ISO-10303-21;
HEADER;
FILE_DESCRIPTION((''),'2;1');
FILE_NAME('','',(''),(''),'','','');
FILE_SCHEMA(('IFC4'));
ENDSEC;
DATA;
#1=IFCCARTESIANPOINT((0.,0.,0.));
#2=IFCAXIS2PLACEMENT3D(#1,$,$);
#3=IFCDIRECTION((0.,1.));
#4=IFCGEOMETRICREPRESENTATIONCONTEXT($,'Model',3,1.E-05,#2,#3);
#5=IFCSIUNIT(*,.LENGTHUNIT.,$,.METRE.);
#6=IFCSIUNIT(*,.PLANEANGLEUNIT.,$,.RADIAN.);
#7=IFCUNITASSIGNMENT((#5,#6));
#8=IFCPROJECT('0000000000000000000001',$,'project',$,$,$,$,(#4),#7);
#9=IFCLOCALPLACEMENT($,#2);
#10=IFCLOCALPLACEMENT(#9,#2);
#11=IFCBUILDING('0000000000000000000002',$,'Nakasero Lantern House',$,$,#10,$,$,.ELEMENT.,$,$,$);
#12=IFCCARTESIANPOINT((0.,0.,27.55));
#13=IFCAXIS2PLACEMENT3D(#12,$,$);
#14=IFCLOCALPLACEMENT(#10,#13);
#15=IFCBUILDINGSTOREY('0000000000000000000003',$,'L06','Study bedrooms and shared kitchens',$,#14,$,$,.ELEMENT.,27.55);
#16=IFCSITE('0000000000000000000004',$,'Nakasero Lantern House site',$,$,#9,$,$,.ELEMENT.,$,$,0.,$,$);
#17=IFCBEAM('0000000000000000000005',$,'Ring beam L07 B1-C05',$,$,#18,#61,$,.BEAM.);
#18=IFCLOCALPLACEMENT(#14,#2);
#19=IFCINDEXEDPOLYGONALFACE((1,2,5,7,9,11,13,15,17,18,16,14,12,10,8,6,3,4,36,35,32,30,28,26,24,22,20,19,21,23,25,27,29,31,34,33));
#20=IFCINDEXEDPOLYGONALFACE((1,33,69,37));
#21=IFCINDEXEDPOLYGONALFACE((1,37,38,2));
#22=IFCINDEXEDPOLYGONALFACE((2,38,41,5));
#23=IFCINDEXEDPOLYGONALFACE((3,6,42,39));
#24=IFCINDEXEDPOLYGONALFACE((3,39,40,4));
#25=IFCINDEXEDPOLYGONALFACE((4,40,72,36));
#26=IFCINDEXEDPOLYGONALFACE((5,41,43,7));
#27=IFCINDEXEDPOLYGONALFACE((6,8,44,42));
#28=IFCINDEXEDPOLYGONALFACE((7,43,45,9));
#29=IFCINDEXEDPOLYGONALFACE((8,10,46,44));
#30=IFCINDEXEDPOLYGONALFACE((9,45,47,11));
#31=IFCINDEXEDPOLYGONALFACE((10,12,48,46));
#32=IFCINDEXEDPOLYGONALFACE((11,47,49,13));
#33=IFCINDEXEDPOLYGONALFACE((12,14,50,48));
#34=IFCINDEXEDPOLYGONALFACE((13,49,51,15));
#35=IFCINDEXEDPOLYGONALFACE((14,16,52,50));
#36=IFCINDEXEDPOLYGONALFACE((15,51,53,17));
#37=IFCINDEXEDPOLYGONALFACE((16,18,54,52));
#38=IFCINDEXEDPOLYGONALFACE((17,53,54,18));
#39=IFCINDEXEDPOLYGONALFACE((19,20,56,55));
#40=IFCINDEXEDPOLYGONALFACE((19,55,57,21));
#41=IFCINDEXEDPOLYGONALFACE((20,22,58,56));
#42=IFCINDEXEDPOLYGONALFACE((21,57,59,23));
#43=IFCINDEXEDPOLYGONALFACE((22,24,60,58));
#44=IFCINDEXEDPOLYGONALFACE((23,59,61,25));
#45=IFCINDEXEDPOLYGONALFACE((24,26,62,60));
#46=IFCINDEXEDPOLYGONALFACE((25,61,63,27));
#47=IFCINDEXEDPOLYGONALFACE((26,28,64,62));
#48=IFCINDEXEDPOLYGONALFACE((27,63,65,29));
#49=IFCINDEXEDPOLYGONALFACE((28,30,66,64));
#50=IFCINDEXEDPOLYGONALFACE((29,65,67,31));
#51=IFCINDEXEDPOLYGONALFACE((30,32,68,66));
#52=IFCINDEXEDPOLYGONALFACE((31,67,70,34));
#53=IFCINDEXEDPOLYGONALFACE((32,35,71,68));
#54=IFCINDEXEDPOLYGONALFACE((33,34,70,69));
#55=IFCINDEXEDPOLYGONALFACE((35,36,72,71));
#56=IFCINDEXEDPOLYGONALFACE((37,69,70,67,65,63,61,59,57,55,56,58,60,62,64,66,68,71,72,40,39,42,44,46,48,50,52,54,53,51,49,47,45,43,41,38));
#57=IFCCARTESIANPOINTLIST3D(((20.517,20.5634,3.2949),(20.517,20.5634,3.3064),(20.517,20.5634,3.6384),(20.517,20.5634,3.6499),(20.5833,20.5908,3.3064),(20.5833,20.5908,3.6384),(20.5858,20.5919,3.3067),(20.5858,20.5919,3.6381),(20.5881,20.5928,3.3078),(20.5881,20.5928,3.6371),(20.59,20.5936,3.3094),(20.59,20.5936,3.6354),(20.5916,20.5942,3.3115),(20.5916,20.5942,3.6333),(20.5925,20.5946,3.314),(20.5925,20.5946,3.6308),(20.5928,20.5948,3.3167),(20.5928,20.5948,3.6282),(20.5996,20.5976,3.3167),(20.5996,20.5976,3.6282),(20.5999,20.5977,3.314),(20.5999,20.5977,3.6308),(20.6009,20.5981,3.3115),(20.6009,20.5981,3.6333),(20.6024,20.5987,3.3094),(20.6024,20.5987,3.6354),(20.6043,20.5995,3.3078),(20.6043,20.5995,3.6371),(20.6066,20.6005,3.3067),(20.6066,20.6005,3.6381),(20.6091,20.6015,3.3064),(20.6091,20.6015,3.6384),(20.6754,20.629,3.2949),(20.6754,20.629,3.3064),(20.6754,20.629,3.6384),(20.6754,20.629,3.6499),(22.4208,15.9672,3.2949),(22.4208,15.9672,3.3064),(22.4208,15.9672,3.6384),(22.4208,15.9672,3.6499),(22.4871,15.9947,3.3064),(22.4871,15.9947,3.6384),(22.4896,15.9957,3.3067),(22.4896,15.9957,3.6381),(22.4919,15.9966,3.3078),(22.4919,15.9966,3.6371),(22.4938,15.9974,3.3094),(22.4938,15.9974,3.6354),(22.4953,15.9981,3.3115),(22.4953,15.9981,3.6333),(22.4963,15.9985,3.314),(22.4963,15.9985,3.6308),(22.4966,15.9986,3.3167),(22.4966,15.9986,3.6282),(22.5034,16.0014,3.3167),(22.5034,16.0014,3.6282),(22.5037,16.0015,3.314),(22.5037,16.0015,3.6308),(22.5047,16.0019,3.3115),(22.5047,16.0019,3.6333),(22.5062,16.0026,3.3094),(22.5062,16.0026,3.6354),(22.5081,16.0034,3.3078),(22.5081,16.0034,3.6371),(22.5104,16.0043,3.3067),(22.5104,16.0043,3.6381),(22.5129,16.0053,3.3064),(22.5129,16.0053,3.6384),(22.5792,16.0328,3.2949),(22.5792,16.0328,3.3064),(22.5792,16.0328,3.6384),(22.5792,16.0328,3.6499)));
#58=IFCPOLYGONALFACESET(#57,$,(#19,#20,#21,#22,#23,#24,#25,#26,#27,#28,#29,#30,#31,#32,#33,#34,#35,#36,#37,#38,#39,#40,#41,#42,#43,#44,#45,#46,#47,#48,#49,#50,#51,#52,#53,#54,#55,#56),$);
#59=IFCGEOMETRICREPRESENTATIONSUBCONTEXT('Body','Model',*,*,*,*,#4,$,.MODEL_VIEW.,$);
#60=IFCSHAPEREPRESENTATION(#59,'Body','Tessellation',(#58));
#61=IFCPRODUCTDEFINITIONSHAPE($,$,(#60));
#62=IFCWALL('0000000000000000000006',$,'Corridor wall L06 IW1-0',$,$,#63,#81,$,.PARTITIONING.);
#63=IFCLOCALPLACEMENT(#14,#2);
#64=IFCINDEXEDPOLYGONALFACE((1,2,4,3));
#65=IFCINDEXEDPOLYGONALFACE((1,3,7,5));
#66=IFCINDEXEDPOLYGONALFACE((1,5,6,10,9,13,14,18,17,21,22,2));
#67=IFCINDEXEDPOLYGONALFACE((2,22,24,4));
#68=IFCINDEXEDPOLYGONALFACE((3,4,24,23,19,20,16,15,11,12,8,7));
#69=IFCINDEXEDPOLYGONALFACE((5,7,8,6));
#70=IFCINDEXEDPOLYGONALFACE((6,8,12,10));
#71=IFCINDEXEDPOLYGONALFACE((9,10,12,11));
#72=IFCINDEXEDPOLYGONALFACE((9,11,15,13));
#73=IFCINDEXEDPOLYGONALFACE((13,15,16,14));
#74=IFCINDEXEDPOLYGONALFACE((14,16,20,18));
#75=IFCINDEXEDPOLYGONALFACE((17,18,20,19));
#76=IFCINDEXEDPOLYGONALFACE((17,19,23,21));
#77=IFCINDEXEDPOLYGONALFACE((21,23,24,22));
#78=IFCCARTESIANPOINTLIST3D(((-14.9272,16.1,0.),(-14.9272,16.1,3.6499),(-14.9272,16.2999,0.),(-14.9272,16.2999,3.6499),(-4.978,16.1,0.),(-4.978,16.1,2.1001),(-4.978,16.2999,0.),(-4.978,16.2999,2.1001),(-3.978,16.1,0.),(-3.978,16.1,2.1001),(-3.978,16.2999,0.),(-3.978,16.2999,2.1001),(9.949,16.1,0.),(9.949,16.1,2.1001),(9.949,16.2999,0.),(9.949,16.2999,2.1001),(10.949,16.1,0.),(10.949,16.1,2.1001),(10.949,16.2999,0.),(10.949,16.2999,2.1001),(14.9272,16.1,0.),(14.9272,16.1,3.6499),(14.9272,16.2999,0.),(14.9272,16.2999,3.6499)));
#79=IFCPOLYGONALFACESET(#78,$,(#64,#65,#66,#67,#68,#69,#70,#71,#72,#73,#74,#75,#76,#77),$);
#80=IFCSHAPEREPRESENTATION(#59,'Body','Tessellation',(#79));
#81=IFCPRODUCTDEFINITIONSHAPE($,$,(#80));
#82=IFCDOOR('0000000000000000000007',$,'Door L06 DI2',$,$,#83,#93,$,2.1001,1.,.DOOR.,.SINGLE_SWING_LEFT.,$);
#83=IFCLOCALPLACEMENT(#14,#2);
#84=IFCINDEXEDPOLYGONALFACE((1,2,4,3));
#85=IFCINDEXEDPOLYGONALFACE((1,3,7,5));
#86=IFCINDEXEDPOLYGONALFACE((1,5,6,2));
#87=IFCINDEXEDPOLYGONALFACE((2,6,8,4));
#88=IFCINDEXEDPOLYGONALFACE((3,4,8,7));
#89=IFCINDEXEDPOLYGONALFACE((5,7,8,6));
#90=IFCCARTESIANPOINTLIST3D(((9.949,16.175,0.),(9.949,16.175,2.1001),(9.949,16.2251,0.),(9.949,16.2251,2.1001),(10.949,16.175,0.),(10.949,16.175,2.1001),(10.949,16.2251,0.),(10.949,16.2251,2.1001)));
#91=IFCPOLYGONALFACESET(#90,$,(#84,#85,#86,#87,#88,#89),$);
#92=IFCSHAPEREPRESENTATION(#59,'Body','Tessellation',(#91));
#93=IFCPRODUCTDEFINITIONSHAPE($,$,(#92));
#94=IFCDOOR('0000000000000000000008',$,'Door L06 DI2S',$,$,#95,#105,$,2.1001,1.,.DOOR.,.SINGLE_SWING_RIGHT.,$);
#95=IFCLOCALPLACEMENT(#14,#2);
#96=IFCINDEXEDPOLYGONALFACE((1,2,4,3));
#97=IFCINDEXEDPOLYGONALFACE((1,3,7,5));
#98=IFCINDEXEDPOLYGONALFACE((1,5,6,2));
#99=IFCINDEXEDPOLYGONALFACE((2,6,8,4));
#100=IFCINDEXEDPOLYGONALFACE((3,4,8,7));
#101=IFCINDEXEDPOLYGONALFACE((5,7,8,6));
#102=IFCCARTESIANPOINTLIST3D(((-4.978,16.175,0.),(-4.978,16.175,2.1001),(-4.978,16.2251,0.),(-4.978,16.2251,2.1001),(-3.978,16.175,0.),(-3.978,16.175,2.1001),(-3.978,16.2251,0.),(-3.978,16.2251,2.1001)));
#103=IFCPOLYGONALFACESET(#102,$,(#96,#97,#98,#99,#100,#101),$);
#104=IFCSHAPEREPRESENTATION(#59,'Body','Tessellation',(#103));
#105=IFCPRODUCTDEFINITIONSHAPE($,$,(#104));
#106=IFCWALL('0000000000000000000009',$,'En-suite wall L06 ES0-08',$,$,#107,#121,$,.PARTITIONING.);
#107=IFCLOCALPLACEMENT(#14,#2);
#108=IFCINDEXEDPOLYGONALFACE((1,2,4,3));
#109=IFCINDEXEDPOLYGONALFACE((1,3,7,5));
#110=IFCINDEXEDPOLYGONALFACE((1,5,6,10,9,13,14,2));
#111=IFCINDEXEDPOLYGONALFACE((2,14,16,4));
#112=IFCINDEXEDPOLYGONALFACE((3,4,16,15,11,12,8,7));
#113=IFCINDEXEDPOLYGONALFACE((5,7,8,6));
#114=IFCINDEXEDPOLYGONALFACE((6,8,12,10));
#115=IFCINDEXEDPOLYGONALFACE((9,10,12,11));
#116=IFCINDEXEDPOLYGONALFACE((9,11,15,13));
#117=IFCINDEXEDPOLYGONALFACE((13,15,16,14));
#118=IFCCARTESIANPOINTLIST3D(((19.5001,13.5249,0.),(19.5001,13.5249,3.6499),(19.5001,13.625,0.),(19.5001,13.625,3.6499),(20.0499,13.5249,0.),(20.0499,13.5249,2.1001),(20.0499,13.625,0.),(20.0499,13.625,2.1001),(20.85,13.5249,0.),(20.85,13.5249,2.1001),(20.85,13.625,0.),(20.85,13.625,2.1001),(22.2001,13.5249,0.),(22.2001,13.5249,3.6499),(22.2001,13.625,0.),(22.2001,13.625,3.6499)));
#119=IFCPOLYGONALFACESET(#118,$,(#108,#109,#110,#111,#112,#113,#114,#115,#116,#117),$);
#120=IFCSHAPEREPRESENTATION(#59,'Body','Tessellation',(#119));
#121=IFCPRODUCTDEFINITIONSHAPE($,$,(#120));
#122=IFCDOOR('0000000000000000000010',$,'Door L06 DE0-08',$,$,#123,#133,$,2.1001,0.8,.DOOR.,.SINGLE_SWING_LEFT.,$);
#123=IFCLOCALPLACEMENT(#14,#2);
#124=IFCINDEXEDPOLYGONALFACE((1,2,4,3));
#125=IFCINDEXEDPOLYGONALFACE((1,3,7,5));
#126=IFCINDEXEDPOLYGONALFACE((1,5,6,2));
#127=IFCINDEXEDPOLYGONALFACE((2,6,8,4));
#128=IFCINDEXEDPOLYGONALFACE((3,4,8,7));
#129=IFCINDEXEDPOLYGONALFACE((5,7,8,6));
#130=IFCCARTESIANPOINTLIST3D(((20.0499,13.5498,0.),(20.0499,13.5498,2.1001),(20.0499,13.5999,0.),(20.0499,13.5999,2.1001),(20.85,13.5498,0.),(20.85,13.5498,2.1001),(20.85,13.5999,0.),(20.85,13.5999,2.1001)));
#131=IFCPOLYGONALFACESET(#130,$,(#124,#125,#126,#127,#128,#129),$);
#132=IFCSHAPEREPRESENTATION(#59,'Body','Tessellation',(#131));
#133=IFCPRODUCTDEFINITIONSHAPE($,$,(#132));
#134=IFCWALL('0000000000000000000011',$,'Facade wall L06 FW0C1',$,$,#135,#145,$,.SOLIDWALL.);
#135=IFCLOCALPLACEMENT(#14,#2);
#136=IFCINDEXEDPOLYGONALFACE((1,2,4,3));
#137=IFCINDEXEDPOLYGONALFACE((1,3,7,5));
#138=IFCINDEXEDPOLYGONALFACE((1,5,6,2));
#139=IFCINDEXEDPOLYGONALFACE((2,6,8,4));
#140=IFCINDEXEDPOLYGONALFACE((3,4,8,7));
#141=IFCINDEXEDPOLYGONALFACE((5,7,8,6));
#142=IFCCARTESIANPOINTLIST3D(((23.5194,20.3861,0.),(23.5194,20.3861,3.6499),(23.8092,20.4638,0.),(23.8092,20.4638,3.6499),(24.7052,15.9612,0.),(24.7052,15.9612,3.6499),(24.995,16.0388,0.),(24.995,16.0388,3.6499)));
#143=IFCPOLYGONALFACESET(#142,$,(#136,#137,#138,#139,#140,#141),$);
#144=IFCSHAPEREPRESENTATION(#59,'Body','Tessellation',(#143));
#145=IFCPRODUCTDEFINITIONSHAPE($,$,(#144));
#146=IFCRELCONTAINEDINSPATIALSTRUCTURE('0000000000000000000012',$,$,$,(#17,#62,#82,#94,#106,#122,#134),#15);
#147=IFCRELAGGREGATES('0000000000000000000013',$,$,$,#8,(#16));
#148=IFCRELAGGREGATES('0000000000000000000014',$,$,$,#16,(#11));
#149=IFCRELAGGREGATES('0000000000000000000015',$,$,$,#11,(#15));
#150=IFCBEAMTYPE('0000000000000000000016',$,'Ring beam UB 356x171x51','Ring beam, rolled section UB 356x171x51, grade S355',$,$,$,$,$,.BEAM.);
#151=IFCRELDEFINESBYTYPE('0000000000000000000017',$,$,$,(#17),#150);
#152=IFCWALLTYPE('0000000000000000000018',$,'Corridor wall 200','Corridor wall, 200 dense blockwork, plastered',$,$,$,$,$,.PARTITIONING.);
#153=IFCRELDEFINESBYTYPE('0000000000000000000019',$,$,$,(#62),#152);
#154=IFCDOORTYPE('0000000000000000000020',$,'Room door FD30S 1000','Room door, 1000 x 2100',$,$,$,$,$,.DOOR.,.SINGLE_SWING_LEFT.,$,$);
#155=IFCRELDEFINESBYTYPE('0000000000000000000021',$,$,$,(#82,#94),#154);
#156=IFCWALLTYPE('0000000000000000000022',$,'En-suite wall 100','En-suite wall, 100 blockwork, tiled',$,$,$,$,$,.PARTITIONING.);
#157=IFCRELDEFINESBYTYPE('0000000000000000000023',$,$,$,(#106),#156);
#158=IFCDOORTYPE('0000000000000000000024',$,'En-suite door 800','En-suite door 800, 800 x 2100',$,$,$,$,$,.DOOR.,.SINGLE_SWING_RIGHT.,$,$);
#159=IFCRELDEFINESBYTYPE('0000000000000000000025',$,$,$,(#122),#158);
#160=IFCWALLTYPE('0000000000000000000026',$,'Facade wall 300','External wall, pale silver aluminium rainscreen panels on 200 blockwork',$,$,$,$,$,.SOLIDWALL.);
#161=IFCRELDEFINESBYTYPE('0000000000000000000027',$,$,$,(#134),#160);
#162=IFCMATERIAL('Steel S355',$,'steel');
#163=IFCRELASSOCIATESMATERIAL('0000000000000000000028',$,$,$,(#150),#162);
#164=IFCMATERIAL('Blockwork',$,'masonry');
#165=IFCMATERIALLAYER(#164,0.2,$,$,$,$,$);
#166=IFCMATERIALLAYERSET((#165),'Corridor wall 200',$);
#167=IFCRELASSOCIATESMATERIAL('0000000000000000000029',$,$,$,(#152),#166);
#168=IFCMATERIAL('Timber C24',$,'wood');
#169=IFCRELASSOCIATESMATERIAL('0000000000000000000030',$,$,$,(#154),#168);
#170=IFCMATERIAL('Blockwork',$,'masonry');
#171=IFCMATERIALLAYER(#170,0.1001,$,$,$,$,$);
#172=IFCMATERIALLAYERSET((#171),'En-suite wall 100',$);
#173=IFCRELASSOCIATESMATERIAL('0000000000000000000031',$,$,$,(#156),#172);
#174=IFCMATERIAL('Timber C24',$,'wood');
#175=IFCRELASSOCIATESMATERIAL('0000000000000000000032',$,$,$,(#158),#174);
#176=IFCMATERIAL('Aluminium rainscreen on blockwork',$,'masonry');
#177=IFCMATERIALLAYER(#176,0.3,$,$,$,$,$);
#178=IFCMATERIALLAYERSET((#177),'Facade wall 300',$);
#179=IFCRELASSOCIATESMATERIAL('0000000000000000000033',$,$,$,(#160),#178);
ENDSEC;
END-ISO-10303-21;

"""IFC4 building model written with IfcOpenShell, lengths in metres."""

from ifc_helpers import new_model, si_unit, direction, frame, frame_2d, origin, origin_2d, place, context, subcontext, project, spatial, rectangle, i_section, extrude, material, layer, layer_set, material_profile, profile_set, type_object, element, fill, save


model = new_model("IFC4")

# Units and contexts
model_context = context("Model", 3, precision=1e-05, world=origin(), true_north=direction((0.0, 1.0)))
body_context = subcontext(model_context, "Body", "Model", "MODEL_VIEW")
ifc_project = project(units=[si_unit("LENGTHUNIT", "METRE"), si_unit("PLANEANGLEUNIT", "RADIAN")], contexts=[model_context])

# Site, building, storey
site_placement = place(None, origin())
site = spatial("IfcSite", under=ifc_project, at=site_placement, Name="Nakasero Lantern House site", CompositionType="ELEMENT", RefElevation=0.0)
building_placement = place(site_placement, origin())
building = spatial("IfcBuilding", under=site, at=building_placement, Name="Nakasero Lantern House", CompositionType="ELEMENT")
storey_placement = place(building_placement, frame((0.0, 0.0, 27.55)))
storey = spatial("IfcBuildingStorey", under=building, at=storey_placement, Name="L06", Description="Study bedrooms and shared kitchens", CompositionType="ELEMENT", Elevation=27.55)

# Beam
ifc_material_1 = material(Name="Steel S355", Category="steel")
ifc_material_profile_1 = material_profile(ifc_material_1, i_section(OverallWidth=0.1714, OverallDepth=0.355, WebThickness=0.0073, FlangeThickness=0.0115, FilletRadius=0.0103, at=origin_2d()), Name="UB 356x171x51")
ifc_profile_set_1 = profile_set([ifc_material_profile_1], Name="Steel S355")
beam_type_1 = type_object("IfcBeamType", Name="Ring beam UB 356x171x51", Description="Ring beam, rolled section UB 356x171x51, grade S355", PredefinedType="BEAM", material=ifc_profile_set_1)
beam_1_placement = place(storey_placement, frame((22.5, 16.0, 3.4724), z_axis=(-0.382684, 0.923879, 0.0), x_axis=(-0.923879, -0.382684, 0.0)))
element("IfcBeam", 1, at=beam_1_placement, inside=storey, type_object=beam_type_1, Name="Ring beam L07 B1-C05", PredefinedType="BEAM", context=body_context, shape_type="SweptSolid", body=[
    extrude(i_section(OverallWidth=0.1714, OverallDepth=0.355, WebThickness=0.0073, FlangeThickness=0.0115, FilletRadius=0.0103, at=origin_2d()), origin(), (0.0, 0.0, 1.0), 4.9749),
])

# Wall, openings, doors
ifc_material_2 = material(Name="Blockwork", Category="masonry")
ifc_layer_1 = layer(ifc_material_2, 0.2)
ifc_layer_set_1 = layer_set([ifc_layer_1], Name="Corridor wall 200")
wall_type_1 = type_object("IfcWallType", Name="Corridor wall 200", Description="Corridor wall, 200 dense blockwork, plastered", PredefinedType="PARTITIONING", material=ifc_layer_set_1)
ifc_material_3 = material(Name="Timber C24", Category="wood")
door_type_1 = type_object("IfcDoorType", Name="Room door FD30S 1000", Description="Room door, 1000 x 2100", OperationType="SINGLE_SWING_LEFT", PredefinedType="DOOR", material=ifc_material_3)
wall_1_placement = place(storey_placement, frame((14.9272, 16.2, 0.0), z_axis=(0.0, 0.0, 1.0), x_axis=(-1.0, 0.0, 0.0)))
wall_1 = element("IfcWall", 2, at=wall_1_placement, inside=storey, type_object=wall_type_1, Name="Corridor wall L06 IW1-0", PredefinedType="PARTITIONING", context=body_context, shape_type="SweptSolid", body=[
    extrude(rectangle(XDim=29.8545, YDim=0.2, at=frame_2d((14.9272, 0.0))), origin(), (0.0, 0.0, 1.0), 3.6499),
])
opening_1_placement = place(wall_1_placement, frame((3.9783, 0.0, 0.0)))
opening_1 = element("IfcOpeningElement", 3, at=opening_1_placement, cuts=wall_1, PredefinedType="OPENING", context=body_context, shape_type="SweptSolid", body=[
    extrude(rectangle(XDim=1.0, YDim=2.1001, at=frame_2d((0.5, 1.05))), frame((0.0, 0.1199, 0.0), z_axis=(0.0, -1.0, 0.0), x_axis=(1.0, 0.0, 0.0)), (0.0, 0.0, 1.0), 0.24),
])
opening_2_placement = place(wall_1_placement, frame((18.9053, 0.0, 0.0)))
opening_2 = element("IfcOpeningElement", 4, at=opening_2_placement, cuts=wall_1, PredefinedType="OPENING", context=body_context, shape_type="SweptSolid", body=[
    extrude(rectangle(XDim=1.0, YDim=2.1001, at=frame_2d((0.5, 1.05))), frame((0.0, 0.1199, 0.0), z_axis=(0.0, -1.0, 0.0), x_axis=(1.0, 0.0, 0.0)), (0.0, 0.0, 1.0), 0.24),
])
door_1_placement = place(opening_1_placement, origin())
door_1 = element("IfcDoor", 5, at=door_1_placement, inside=storey, type_object=door_type_1, Name="Door L06 DI2", OperationType="SINGLE_SWING_LEFT", OverallHeight=2.1001, OverallWidth=1.0, PredefinedType="DOOR", context=body_context, shape_type="SweptSolid", body=[
    extrude(rectangle(XDim=1.0, YDim=2.1001, at=frame_2d((0.5, 1.05))), frame((0.0, 0.0249, 0.0), z_axis=(0.0, -1.0, 0.0), x_axis=(1.0, 0.0, 0.0)), (0.0, 0.0, 1.0), 0.05),
])
fill(opening_1, door_1)
door_2_placement = place(opening_2_placement, origin())
door_2 = element("IfcDoor", 6, at=door_2_placement, inside=storey, type_object=door_type_1, Name="Door L06 DI2S", OperationType="SINGLE_SWING_RIGHT", OverallHeight=2.1001, OverallWidth=1.0, PredefinedType="DOOR", context=body_context, shape_type="SweptSolid", body=[
    extrude(rectangle(XDim=1.0, YDim=2.1001, at=frame_2d((0.5, 1.05))), frame((0.0, 0.0249, 0.0), z_axis=(0.0, -1.0, 0.0), x_axis=(1.0, 0.0, 0.0)), (0.0, 0.0, 1.0), 0.05),
])
fill(opening_2, door_2)

# Wall, opening, door
ifc_material_4 = material(Name="Blockwork", Category="masonry")
ifc_layer_2 = layer(ifc_material_4, 0.1001)
ifc_layer_set_2 = layer_set([ifc_layer_2], Name="En-suite wall 100")
wall_type_2 = type_object("IfcWallType", Name="En-suite wall 100", Description="En-suite wall, 100 blockwork, tiled", PredefinedType="PARTITIONING", material=ifc_layer_set_2)
wall_2_placement = place(storey_placement, frame((19.5, 13.575, 0.0), z_axis=(0.0, 0.0, 1.0), x_axis=(1.0, 0.0, 0.0)))
wall_2 = element("IfcWall", 7, at=wall_2_placement, inside=storey, type_object=wall_type_2, Name="En-suite wall L06 ES0-08", PredefinedType="PARTITIONING", context=body_context, shape_type="SweptSolid", body=[
    extrude(rectangle(XDim=2.7, YDim=0.1001, at=frame_2d((1.3501, 0.0))), origin(), (0.0, 0.0, 1.0), 3.6499),
])
opening_3_placement = place(wall_2_placement, frame((0.55, 0.0, 0.0)))
opening_3 = element("IfcOpeningElement", 8, at=opening_3_placement, cuts=wall_2, PredefinedType="OPENING", context=body_context, shape_type="SweptSolid", body=[
    extrude(rectangle(XDim=0.8, YDim=2.1001, at=frame_2d((0.3999, 1.05))), frame((0.0, 0.0701, 0.0), z_axis=(0.0, -1.0, 0.0), x_axis=(1.0, 0.0, 0.0)), (0.0, 0.0, 1.0), 0.1401),
])
ifc_material_5 = material(Name="Timber C24", Category="wood")
door_type_2 = type_object("IfcDoorType", Name="En-suite door 800", Description="En-suite door 800, 800 x 2100", OperationType="SINGLE_SWING_RIGHT", PredefinedType="DOOR", material=ifc_material_5)
door_3_placement = place(opening_3_placement, origin())
door_3 = element("IfcDoor", 9, at=door_3_placement, inside=storey, type_object=door_type_2, Name="Door L06 DE0-08", OperationType="SINGLE_SWING_LEFT", OverallHeight=2.1001, OverallWidth=0.8, PredefinedType="DOOR", context=body_context, shape_type="SweptSolid", body=[
    extrude(rectangle(XDim=0.8, YDim=2.1001, at=frame_2d((0.3999, 1.05))), frame((0.0, 0.0249, 0.0), z_axis=(0.0, -1.0, 0.0), x_axis=(1.0, 0.0, 0.0)), (0.0, 0.0, 1.0), 0.05),
])
fill(opening_3, door_3)

# Wall
ifc_material_6 = material(Name="Aluminium rainscreen on blockwork", Category="masonry")
ifc_layer_3 = layer(ifc_material_6, 0.3)
ifc_layer_set_3 = layer_set([ifc_layer_3], Name="Facade wall 300")
wall_type_3 = type_object("IfcWallType", Name="Facade wall 300", Description="External wall, pale silver aluminium rainscreen panels on 200 blockwork", PredefinedType="SOLIDWALL", material=ifc_layer_set_3)
wall_3_placement = place(storey_placement, frame((24.8501, 16.0, 0.0), z_axis=(0.0, 0.0, 1.0), x_axis=(-0.25884, 0.96592, 0.0)))
element("IfcWall", 10, at=wall_3_placement, inside=storey, type_object=wall_type_3, Name="Facade wall L06 FW0C1", PredefinedType="SOLIDWALL", context=body_context, shape_type="SweptSolid", body=[
    extrude(rectangle(XDim=4.5811, YDim=0.3, at=frame_2d((2.2905, 0.0))), origin(), (0.0, 0.0, 1.0), 3.6499),
])

save(model, "model.ifc")
